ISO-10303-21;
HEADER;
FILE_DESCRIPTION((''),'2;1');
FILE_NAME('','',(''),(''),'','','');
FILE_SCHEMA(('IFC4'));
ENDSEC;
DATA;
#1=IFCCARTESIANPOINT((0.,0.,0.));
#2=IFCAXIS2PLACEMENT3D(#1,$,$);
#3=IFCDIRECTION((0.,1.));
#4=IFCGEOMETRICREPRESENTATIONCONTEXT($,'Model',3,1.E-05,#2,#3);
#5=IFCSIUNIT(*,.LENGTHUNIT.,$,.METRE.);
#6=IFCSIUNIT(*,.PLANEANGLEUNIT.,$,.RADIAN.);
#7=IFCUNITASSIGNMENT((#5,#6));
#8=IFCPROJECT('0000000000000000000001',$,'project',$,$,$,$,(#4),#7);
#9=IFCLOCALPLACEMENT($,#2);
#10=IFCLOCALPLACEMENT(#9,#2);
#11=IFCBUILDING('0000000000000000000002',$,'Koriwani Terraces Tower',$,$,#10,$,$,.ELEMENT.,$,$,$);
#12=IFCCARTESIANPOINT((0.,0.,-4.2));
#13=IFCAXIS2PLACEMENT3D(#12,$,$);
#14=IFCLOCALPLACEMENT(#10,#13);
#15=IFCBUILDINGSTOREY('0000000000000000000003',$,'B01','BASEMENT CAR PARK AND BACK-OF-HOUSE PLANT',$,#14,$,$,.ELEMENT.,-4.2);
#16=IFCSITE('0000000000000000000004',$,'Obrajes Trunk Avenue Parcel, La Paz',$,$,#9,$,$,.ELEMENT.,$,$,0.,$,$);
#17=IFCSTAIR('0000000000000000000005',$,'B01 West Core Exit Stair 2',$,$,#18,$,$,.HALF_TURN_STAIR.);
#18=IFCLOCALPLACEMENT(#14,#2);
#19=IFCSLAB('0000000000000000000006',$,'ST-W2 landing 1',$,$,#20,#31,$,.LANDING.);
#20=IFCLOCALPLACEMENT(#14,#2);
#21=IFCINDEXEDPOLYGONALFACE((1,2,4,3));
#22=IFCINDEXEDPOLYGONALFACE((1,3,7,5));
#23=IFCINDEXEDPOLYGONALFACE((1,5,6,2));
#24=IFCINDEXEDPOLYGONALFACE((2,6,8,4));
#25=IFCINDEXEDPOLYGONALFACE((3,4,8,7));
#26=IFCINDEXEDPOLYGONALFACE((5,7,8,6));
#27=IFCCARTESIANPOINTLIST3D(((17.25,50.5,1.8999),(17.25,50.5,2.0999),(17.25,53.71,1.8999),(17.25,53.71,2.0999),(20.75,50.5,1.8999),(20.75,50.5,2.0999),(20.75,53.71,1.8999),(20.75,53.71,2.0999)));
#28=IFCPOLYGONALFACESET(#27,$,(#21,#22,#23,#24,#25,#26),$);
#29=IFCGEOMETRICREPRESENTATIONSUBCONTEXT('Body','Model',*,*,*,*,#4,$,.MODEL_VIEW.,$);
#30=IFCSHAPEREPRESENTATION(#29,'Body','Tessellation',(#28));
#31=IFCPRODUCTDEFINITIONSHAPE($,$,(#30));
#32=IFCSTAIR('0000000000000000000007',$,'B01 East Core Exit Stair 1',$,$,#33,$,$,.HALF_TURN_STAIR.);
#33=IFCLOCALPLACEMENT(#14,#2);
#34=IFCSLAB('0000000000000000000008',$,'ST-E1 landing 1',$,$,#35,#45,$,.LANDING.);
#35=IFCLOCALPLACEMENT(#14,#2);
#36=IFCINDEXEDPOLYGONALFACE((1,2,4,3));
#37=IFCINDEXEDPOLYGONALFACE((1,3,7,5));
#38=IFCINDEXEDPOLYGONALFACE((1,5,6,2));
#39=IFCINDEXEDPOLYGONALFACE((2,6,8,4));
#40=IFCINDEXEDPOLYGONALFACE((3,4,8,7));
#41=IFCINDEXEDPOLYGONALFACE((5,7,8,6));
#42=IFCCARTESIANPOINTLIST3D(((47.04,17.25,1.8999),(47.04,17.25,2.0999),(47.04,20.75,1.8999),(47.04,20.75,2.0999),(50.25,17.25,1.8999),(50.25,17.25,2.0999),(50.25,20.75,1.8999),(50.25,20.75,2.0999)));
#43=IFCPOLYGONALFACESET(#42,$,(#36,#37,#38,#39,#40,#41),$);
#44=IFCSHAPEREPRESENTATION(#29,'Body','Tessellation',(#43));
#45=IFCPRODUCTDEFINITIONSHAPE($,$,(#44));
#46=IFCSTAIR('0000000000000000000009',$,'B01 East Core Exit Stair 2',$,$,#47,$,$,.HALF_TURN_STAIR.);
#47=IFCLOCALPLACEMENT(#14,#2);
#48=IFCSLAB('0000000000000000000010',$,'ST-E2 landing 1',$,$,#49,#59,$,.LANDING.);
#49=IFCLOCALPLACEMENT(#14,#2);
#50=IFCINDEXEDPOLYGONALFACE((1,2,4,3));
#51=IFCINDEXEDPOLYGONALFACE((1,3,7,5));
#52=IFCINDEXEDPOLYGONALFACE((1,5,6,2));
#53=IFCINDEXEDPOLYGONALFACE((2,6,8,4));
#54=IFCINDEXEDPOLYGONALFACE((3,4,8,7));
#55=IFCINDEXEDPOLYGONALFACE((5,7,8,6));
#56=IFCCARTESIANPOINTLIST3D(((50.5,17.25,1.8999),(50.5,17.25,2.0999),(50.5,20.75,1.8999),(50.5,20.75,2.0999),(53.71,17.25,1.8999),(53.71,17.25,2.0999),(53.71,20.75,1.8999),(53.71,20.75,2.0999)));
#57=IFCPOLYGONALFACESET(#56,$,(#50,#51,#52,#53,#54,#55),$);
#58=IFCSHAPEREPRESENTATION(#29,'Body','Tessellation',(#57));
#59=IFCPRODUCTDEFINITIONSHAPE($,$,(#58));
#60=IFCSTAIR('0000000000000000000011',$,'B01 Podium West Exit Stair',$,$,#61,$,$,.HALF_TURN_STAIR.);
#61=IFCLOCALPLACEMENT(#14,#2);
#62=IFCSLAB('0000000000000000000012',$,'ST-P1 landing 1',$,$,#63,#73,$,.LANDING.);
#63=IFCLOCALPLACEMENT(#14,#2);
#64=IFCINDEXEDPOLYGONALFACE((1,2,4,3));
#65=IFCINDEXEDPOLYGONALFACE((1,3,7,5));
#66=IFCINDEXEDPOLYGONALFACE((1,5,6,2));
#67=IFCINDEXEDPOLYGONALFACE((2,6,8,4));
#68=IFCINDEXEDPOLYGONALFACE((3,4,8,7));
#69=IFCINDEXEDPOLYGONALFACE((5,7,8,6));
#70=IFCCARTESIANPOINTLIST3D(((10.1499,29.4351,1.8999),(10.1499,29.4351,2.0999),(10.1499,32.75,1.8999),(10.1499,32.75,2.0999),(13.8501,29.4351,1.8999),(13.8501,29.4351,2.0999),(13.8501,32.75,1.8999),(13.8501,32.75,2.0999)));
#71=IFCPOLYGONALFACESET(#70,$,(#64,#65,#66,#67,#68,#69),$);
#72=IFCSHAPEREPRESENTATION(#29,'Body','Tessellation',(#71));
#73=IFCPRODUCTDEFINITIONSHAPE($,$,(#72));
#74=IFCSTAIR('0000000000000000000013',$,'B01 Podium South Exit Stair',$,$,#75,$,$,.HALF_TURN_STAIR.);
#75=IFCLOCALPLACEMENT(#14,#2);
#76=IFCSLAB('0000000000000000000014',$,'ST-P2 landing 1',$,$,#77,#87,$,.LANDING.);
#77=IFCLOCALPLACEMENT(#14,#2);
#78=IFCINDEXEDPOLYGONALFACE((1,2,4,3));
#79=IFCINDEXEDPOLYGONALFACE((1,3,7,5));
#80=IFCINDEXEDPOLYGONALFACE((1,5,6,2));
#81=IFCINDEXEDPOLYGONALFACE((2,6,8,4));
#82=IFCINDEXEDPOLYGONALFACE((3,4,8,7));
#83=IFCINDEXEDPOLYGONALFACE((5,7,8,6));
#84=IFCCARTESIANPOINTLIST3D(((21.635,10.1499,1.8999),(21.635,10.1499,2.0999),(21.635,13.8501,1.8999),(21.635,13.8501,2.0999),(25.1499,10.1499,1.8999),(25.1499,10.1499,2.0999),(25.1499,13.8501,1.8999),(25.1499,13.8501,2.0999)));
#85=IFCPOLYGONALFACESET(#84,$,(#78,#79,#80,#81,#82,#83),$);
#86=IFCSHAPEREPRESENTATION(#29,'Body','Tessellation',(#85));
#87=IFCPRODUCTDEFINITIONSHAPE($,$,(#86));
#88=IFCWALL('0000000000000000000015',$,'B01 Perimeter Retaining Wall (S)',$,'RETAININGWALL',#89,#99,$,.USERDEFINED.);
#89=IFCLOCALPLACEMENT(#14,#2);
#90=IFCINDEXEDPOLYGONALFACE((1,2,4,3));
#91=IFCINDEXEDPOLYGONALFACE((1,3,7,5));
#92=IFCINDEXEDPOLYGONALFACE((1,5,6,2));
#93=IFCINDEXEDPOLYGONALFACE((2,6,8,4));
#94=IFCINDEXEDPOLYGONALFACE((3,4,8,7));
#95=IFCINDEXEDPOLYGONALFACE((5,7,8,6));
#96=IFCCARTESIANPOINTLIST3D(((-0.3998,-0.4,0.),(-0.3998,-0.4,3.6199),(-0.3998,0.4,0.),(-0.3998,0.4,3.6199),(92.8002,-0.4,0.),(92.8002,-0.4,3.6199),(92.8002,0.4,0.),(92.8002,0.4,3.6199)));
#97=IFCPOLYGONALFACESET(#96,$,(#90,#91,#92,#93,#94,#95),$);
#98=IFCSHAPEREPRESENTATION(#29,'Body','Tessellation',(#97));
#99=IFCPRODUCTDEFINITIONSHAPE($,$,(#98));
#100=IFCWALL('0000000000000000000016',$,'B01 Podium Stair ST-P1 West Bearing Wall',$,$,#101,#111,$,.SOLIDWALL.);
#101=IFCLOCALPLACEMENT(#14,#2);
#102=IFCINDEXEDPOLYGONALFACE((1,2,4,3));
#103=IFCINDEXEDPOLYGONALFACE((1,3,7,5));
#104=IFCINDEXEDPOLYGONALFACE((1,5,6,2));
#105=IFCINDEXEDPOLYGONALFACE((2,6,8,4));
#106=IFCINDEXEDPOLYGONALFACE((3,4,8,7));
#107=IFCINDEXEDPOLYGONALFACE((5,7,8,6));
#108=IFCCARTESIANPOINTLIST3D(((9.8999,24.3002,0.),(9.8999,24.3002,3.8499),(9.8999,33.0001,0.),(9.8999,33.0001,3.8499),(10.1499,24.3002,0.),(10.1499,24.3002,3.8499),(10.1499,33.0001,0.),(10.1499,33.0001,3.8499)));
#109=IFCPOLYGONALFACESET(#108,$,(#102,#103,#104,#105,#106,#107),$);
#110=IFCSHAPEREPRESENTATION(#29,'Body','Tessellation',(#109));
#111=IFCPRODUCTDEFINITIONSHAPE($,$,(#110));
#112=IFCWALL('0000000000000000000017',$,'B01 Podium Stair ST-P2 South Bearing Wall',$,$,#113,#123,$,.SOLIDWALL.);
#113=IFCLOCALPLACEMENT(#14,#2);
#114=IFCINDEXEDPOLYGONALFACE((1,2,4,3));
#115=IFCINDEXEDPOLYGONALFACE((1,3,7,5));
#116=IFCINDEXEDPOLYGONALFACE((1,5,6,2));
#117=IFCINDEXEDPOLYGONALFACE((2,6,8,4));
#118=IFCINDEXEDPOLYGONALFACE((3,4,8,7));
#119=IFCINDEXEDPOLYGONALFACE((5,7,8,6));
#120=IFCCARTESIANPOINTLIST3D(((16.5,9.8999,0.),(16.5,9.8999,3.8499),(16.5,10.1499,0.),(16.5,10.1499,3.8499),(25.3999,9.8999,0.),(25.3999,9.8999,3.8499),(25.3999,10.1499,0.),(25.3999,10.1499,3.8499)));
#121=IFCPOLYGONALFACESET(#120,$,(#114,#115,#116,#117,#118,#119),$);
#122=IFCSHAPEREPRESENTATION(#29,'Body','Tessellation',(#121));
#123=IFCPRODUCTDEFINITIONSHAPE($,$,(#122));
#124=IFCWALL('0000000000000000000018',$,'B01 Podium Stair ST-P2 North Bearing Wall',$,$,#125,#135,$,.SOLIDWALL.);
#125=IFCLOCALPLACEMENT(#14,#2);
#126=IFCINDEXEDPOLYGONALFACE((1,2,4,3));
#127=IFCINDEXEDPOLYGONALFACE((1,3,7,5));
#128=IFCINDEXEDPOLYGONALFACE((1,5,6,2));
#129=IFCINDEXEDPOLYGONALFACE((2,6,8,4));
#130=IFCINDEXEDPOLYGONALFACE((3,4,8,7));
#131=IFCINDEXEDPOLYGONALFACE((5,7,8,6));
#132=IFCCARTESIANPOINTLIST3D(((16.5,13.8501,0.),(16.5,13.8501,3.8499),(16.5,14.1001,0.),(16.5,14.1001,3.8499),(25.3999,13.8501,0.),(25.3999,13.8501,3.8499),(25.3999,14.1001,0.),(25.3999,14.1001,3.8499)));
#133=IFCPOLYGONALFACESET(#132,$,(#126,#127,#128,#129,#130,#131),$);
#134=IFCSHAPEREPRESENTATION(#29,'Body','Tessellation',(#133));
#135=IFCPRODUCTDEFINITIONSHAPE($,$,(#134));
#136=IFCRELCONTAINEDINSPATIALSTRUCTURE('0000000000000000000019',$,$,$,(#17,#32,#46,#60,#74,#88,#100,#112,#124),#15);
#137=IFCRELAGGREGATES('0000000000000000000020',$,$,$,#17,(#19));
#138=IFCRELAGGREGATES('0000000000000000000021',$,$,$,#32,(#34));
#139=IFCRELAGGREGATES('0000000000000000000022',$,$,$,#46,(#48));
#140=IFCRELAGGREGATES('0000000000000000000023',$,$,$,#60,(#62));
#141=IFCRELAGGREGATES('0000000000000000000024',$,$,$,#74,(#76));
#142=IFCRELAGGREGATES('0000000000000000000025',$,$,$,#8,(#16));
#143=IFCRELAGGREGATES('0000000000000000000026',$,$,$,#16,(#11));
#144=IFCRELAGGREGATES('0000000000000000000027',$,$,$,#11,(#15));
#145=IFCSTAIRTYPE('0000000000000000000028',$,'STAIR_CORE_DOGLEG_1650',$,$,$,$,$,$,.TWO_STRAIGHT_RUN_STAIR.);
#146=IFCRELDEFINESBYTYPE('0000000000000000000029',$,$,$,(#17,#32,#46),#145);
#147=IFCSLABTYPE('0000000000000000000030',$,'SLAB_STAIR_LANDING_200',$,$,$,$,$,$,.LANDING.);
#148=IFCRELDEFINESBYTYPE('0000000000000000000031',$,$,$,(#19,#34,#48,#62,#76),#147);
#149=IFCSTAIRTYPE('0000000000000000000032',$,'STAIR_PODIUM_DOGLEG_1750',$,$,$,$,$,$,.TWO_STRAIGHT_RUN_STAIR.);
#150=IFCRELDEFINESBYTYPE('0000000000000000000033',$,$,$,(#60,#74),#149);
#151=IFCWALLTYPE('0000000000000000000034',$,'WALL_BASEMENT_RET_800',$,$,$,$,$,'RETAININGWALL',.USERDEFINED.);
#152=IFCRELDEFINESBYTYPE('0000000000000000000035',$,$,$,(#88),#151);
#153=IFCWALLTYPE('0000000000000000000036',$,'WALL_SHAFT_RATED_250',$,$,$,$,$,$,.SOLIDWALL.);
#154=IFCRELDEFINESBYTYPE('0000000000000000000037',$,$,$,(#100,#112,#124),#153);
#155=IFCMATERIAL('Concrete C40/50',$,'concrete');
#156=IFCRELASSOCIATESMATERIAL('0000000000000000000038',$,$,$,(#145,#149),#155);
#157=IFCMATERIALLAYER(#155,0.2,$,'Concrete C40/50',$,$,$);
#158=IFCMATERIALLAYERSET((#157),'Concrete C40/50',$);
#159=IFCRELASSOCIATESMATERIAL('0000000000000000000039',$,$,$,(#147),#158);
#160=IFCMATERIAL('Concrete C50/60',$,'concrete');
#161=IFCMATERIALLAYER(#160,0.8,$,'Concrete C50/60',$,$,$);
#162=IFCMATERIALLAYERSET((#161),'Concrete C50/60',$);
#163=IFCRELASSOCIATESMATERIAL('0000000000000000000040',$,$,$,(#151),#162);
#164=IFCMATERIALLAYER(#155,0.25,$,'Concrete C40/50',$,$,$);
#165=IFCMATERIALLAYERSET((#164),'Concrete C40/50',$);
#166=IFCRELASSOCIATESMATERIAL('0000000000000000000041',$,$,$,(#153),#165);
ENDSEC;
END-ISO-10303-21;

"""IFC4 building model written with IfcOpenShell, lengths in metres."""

from ifc_helpers import new_model, si_unit, direction, frame, frame_2d, origin, place, context, subcontext, project, spatial, polyline, rectangle, outline, extrude, material, layer, layer_set, type_object, element, aggregate, save


model = new_model("IFC4")

# Units and contexts
model_context = context("Model", 3, precision=1e-05, world=origin(), true_north=direction((0.0, 1.0)))
body_context = subcontext(model_context, "Body", "Model", "MODEL_VIEW")
ifc_project = project(units=[si_unit("LENGTHUNIT", "METRE"), si_unit("PLANEANGLEUNIT", "RADIAN")], contexts=[model_context])

# Site, building, storey
site_placement = place(None, origin())
site = spatial("IfcSite", under=ifc_project, at=site_placement, Name="Obrajes Trunk Avenue Parcel, La Paz", CompositionType="ELEMENT", RefElevation=0.0)
building_placement = place(site_placement, origin())
building = spatial("IfcBuilding", under=site, at=building_placement, Name="Koriwani Terraces Tower", CompositionType="ELEMENT")
storey_placement = place(building_placement, frame((0.0, 0.0, -4.2)))
storey = spatial("IfcBuildingStorey", under=building, at=storey_placement, Name="B01", Description="BASEMENT CAR PARK AND BACK-OF-HOUSE PLANT", CompositionType="ELEMENT", Elevation=-4.2)

# Shared definitions
ifc_material_1 = material(Name="Concrete C50/60", Category="concrete")

# Stairs, slabs
ifc_material_2 = material(Name="Concrete C40/50", Category="concrete")
stair_type_1 = type_object("IfcStairType", Name="STAIR_CORE_DOGLEG_1650", PredefinedType="TWO_STRAIGHT_RUN_STAIR", material=ifc_material_2)
ifc_layer_1 = layer(ifc_material_2, 0.2, Name="Concrete C40/50")
ifc_layer_set_1 = layer_set([ifc_layer_1], Name="Concrete C40/50")
slab_type_1 = type_object("IfcSlabType", Name="SLAB_STAIR_LANDING_200", PredefinedType="LANDING", material=ifc_layer_set_1)
stair_1_placement = place(storey_placement, origin())
stair_1 = element("IfcStair", 1, at=stair_1_placement, inside=storey, type_object=stair_type_1, Name="B01 West Core Exit Stair 2", PredefinedType="HALF_TURN_STAIR")
slab_1_placement = place(storey_placement, frame((0.0, 0.0, 1.8999)))
slab_1 = element("IfcSlab", 2, at=slab_1_placement, type_object=slab_type_1, Name="ST-W2 landing 1", PredefinedType="LANDING", context=body_context, shape_type="SweptSolid", body=[
    extrude(outline(polyline([(17.25, 53.71), (17.25, 50.5), (20.75, 50.5), (20.75, 53.71), (17.25, 53.71)])), origin(), (0.0, 0.0, 1.0), 0.2),
])
aggregate(stair_1, [slab_1])
stair_2_placement = place(storey_placement, origin())
stair_2 = element("IfcStair", 3, at=stair_2_placement, inside=storey, type_object=stair_type_1, Name="B01 East Core Exit Stair 1", PredefinedType="HALF_TURN_STAIR")
slab_2_placement = place(storey_placement, frame((0.0, 0.0, 1.8999)))
slab_2 = element("IfcSlab", 4, at=slab_2_placement, type_object=slab_type_1, Name="ST-E1 landing 1", PredefinedType="LANDING", context=body_context, shape_type="SweptSolid", body=[
    extrude(outline(polyline([(47.04, 17.25), (50.25, 17.25), (50.25, 20.75), (47.04, 20.75), (47.04, 17.25)])), origin(), (0.0, 0.0, 1.0), 0.2),
])
aggregate(stair_2, [slab_2])
stair_3_placement = place(storey_placement, origin())
stair_3 = element("IfcStair", 5, at=stair_3_placement, inside=storey, type_object=stair_type_1, Name="B01 East Core Exit Stair 2", PredefinedType="HALF_TURN_STAIR")
slab_3_placement = place(storey_placement, frame((0.0, 0.0, 1.8999)))
slab_3 = element("IfcSlab", 6, at=slab_3_placement, type_object=slab_type_1, Name="ST-E2 landing 1", PredefinedType="LANDING", context=body_context, shape_type="SweptSolid", body=[
    extrude(outline(polyline([(53.71, 20.75), (50.5, 20.75), (50.5, 17.25), (53.71, 17.25), (53.71, 20.75)])), origin(), (0.0, 0.0, 1.0), 0.2),
])
aggregate(stair_3, [slab_3])
stair_type_2 = type_object("IfcStairType", Name="STAIR_PODIUM_DOGLEG_1750", PredefinedType="TWO_STRAIGHT_RUN_STAIR", material=ifc_material_2)
stair_4_placement = place(storey_placement, origin())
stair_4 = element("IfcStair", 7, at=stair_4_placement, inside=storey, type_object=stair_type_2, Name="B01 Podium West Exit Stair", PredefinedType="HALF_TURN_STAIR")
slab_4_placement = place(storey_placement, frame((0.0, 0.0, 1.8999)))
slab_4 = element("IfcSlab", 8, at=slab_4_placement, type_object=slab_type_1, Name="ST-P1 landing 1", PredefinedType="LANDING", context=body_context, shape_type="SweptSolid", body=[
    extrude(outline(polyline([(13.8501, 29.4351), (13.8501, 32.75), (10.1499, 32.75), (10.1499, 29.4351), (13.8501, 29.4351)])), origin(), (0.0, 0.0, 1.0), 0.2),
])
aggregate(stair_4, [slab_4])
stair_5_placement = place(storey_placement, origin())
stair_5 = element("IfcStair", 9, at=stair_5_placement, inside=storey, type_object=stair_type_2, Name="B01 Podium South Exit Stair", PredefinedType="HALF_TURN_STAIR")
slab_5_placement = place(storey_placement, frame((0.0, 0.0, 1.8999)))
slab_5 = element("IfcSlab", 10, at=slab_5_placement, type_object=slab_type_1, Name="ST-P2 landing 1", PredefinedType="LANDING", context=body_context, shape_type="SweptSolid", body=[
    extrude(outline(polyline([(21.635, 10.1499), (25.1499, 10.1499), (25.1499, 13.8501), (21.635, 13.8501), (21.635, 10.1499)])), origin(), (0.0, 0.0, 1.0), 0.2),
])
aggregate(stair_5, [slab_5])

# Walls
ifc_layer_2 = layer(ifc_material_1, 0.8, Name="Concrete C50/60")
ifc_layer_set_2 = layer_set([ifc_layer_2], Name="Concrete C50/60")
wall_type_1 = type_object("IfcWallType", Name="WALL_BASEMENT_RET_800", ElementType="RETAININGWALL", PredefinedType="USERDEFINED", material=ifc_layer_set_2)
wall_1_placement = place(storey_placement, frame((-0.3999, 0.0, 0.0), z_axis=(0.0, 0.0, 1.0), x_axis=(1.0, 0.0, 0.0)))
element("IfcWall", 11, at=wall_1_placement, inside=storey, type_object=wall_type_1, Name="B01 Perimeter Retaining Wall (S)", ObjectType="RETAININGWALL", PredefinedType="USERDEFINED", context=body_context, shape_type="SweptSolid", body=[
    extrude(rectangle(XDim=93.2, YDim=0.8, at=frame_2d((46.6001, 0.0))), origin(), (0.0, 0.0, 1.0), 3.6199),
])
ifc_layer_3 = layer(ifc_material_2, 0.25, Name="Concrete C40/50")
ifc_layer_set_3 = layer_set([ifc_layer_3], Name="Concrete C40/50")
wall_type_2 = type_object("IfcWallType", Name="WALL_SHAFT_RATED_250", PredefinedType="SOLIDWALL", material=ifc_layer_set_3)
wall_2_placement = place(storey_placement, frame((10.0249, 24.3, 0.0), z_axis=(0.0, 0.0, 1.0), x_axis=(0.0, 1.0, 0.0)))
element("IfcWall", 12, at=wall_2_placement, inside=storey, type_object=wall_type_2, Name="B01 Podium Stair ST-P1 West Bearing Wall", PredefinedType="SOLIDWALL", context=body_context, shape_type="SweptSolid", body=[
    extrude(rectangle(XDim=8.7, YDim=0.25, at=frame_2d((4.3501, 0.0))), origin(), (0.0, 0.0, 1.0), 3.8499),
])
for number, where, z_axis, x_axis, name in (
    (13, (16.5, 10.0249, 0.0), (0.0, 0.0, 1.0), (1.0, 0.0, 0.0), "B01 Podium Stair ST-P2 South Bearing Wall"),
    (14, (16.5, 13.9751, 0.0), (0.0, 0.0, 1.0), (1.0, 0.0, 0.0), "B01 Podium Stair ST-P2 North Bearing Wall"),
):
    element("IfcWall", number, at=place(storey_placement, frame(where, z_axis=z_axis, x_axis=x_axis)), inside=storey, type_object=wall_type_2, Name=name, PredefinedType="SOLIDWALL", context=body_context, shape_type="SweptSolid", body=[
        extrude(rectangle(XDim=8.8999, YDim=0.25, at=frame_2d((4.45, 0.0))), origin(), (0.0, 0.0, 1.0), 3.8499),
    ])

save(model, "model.ifc")
